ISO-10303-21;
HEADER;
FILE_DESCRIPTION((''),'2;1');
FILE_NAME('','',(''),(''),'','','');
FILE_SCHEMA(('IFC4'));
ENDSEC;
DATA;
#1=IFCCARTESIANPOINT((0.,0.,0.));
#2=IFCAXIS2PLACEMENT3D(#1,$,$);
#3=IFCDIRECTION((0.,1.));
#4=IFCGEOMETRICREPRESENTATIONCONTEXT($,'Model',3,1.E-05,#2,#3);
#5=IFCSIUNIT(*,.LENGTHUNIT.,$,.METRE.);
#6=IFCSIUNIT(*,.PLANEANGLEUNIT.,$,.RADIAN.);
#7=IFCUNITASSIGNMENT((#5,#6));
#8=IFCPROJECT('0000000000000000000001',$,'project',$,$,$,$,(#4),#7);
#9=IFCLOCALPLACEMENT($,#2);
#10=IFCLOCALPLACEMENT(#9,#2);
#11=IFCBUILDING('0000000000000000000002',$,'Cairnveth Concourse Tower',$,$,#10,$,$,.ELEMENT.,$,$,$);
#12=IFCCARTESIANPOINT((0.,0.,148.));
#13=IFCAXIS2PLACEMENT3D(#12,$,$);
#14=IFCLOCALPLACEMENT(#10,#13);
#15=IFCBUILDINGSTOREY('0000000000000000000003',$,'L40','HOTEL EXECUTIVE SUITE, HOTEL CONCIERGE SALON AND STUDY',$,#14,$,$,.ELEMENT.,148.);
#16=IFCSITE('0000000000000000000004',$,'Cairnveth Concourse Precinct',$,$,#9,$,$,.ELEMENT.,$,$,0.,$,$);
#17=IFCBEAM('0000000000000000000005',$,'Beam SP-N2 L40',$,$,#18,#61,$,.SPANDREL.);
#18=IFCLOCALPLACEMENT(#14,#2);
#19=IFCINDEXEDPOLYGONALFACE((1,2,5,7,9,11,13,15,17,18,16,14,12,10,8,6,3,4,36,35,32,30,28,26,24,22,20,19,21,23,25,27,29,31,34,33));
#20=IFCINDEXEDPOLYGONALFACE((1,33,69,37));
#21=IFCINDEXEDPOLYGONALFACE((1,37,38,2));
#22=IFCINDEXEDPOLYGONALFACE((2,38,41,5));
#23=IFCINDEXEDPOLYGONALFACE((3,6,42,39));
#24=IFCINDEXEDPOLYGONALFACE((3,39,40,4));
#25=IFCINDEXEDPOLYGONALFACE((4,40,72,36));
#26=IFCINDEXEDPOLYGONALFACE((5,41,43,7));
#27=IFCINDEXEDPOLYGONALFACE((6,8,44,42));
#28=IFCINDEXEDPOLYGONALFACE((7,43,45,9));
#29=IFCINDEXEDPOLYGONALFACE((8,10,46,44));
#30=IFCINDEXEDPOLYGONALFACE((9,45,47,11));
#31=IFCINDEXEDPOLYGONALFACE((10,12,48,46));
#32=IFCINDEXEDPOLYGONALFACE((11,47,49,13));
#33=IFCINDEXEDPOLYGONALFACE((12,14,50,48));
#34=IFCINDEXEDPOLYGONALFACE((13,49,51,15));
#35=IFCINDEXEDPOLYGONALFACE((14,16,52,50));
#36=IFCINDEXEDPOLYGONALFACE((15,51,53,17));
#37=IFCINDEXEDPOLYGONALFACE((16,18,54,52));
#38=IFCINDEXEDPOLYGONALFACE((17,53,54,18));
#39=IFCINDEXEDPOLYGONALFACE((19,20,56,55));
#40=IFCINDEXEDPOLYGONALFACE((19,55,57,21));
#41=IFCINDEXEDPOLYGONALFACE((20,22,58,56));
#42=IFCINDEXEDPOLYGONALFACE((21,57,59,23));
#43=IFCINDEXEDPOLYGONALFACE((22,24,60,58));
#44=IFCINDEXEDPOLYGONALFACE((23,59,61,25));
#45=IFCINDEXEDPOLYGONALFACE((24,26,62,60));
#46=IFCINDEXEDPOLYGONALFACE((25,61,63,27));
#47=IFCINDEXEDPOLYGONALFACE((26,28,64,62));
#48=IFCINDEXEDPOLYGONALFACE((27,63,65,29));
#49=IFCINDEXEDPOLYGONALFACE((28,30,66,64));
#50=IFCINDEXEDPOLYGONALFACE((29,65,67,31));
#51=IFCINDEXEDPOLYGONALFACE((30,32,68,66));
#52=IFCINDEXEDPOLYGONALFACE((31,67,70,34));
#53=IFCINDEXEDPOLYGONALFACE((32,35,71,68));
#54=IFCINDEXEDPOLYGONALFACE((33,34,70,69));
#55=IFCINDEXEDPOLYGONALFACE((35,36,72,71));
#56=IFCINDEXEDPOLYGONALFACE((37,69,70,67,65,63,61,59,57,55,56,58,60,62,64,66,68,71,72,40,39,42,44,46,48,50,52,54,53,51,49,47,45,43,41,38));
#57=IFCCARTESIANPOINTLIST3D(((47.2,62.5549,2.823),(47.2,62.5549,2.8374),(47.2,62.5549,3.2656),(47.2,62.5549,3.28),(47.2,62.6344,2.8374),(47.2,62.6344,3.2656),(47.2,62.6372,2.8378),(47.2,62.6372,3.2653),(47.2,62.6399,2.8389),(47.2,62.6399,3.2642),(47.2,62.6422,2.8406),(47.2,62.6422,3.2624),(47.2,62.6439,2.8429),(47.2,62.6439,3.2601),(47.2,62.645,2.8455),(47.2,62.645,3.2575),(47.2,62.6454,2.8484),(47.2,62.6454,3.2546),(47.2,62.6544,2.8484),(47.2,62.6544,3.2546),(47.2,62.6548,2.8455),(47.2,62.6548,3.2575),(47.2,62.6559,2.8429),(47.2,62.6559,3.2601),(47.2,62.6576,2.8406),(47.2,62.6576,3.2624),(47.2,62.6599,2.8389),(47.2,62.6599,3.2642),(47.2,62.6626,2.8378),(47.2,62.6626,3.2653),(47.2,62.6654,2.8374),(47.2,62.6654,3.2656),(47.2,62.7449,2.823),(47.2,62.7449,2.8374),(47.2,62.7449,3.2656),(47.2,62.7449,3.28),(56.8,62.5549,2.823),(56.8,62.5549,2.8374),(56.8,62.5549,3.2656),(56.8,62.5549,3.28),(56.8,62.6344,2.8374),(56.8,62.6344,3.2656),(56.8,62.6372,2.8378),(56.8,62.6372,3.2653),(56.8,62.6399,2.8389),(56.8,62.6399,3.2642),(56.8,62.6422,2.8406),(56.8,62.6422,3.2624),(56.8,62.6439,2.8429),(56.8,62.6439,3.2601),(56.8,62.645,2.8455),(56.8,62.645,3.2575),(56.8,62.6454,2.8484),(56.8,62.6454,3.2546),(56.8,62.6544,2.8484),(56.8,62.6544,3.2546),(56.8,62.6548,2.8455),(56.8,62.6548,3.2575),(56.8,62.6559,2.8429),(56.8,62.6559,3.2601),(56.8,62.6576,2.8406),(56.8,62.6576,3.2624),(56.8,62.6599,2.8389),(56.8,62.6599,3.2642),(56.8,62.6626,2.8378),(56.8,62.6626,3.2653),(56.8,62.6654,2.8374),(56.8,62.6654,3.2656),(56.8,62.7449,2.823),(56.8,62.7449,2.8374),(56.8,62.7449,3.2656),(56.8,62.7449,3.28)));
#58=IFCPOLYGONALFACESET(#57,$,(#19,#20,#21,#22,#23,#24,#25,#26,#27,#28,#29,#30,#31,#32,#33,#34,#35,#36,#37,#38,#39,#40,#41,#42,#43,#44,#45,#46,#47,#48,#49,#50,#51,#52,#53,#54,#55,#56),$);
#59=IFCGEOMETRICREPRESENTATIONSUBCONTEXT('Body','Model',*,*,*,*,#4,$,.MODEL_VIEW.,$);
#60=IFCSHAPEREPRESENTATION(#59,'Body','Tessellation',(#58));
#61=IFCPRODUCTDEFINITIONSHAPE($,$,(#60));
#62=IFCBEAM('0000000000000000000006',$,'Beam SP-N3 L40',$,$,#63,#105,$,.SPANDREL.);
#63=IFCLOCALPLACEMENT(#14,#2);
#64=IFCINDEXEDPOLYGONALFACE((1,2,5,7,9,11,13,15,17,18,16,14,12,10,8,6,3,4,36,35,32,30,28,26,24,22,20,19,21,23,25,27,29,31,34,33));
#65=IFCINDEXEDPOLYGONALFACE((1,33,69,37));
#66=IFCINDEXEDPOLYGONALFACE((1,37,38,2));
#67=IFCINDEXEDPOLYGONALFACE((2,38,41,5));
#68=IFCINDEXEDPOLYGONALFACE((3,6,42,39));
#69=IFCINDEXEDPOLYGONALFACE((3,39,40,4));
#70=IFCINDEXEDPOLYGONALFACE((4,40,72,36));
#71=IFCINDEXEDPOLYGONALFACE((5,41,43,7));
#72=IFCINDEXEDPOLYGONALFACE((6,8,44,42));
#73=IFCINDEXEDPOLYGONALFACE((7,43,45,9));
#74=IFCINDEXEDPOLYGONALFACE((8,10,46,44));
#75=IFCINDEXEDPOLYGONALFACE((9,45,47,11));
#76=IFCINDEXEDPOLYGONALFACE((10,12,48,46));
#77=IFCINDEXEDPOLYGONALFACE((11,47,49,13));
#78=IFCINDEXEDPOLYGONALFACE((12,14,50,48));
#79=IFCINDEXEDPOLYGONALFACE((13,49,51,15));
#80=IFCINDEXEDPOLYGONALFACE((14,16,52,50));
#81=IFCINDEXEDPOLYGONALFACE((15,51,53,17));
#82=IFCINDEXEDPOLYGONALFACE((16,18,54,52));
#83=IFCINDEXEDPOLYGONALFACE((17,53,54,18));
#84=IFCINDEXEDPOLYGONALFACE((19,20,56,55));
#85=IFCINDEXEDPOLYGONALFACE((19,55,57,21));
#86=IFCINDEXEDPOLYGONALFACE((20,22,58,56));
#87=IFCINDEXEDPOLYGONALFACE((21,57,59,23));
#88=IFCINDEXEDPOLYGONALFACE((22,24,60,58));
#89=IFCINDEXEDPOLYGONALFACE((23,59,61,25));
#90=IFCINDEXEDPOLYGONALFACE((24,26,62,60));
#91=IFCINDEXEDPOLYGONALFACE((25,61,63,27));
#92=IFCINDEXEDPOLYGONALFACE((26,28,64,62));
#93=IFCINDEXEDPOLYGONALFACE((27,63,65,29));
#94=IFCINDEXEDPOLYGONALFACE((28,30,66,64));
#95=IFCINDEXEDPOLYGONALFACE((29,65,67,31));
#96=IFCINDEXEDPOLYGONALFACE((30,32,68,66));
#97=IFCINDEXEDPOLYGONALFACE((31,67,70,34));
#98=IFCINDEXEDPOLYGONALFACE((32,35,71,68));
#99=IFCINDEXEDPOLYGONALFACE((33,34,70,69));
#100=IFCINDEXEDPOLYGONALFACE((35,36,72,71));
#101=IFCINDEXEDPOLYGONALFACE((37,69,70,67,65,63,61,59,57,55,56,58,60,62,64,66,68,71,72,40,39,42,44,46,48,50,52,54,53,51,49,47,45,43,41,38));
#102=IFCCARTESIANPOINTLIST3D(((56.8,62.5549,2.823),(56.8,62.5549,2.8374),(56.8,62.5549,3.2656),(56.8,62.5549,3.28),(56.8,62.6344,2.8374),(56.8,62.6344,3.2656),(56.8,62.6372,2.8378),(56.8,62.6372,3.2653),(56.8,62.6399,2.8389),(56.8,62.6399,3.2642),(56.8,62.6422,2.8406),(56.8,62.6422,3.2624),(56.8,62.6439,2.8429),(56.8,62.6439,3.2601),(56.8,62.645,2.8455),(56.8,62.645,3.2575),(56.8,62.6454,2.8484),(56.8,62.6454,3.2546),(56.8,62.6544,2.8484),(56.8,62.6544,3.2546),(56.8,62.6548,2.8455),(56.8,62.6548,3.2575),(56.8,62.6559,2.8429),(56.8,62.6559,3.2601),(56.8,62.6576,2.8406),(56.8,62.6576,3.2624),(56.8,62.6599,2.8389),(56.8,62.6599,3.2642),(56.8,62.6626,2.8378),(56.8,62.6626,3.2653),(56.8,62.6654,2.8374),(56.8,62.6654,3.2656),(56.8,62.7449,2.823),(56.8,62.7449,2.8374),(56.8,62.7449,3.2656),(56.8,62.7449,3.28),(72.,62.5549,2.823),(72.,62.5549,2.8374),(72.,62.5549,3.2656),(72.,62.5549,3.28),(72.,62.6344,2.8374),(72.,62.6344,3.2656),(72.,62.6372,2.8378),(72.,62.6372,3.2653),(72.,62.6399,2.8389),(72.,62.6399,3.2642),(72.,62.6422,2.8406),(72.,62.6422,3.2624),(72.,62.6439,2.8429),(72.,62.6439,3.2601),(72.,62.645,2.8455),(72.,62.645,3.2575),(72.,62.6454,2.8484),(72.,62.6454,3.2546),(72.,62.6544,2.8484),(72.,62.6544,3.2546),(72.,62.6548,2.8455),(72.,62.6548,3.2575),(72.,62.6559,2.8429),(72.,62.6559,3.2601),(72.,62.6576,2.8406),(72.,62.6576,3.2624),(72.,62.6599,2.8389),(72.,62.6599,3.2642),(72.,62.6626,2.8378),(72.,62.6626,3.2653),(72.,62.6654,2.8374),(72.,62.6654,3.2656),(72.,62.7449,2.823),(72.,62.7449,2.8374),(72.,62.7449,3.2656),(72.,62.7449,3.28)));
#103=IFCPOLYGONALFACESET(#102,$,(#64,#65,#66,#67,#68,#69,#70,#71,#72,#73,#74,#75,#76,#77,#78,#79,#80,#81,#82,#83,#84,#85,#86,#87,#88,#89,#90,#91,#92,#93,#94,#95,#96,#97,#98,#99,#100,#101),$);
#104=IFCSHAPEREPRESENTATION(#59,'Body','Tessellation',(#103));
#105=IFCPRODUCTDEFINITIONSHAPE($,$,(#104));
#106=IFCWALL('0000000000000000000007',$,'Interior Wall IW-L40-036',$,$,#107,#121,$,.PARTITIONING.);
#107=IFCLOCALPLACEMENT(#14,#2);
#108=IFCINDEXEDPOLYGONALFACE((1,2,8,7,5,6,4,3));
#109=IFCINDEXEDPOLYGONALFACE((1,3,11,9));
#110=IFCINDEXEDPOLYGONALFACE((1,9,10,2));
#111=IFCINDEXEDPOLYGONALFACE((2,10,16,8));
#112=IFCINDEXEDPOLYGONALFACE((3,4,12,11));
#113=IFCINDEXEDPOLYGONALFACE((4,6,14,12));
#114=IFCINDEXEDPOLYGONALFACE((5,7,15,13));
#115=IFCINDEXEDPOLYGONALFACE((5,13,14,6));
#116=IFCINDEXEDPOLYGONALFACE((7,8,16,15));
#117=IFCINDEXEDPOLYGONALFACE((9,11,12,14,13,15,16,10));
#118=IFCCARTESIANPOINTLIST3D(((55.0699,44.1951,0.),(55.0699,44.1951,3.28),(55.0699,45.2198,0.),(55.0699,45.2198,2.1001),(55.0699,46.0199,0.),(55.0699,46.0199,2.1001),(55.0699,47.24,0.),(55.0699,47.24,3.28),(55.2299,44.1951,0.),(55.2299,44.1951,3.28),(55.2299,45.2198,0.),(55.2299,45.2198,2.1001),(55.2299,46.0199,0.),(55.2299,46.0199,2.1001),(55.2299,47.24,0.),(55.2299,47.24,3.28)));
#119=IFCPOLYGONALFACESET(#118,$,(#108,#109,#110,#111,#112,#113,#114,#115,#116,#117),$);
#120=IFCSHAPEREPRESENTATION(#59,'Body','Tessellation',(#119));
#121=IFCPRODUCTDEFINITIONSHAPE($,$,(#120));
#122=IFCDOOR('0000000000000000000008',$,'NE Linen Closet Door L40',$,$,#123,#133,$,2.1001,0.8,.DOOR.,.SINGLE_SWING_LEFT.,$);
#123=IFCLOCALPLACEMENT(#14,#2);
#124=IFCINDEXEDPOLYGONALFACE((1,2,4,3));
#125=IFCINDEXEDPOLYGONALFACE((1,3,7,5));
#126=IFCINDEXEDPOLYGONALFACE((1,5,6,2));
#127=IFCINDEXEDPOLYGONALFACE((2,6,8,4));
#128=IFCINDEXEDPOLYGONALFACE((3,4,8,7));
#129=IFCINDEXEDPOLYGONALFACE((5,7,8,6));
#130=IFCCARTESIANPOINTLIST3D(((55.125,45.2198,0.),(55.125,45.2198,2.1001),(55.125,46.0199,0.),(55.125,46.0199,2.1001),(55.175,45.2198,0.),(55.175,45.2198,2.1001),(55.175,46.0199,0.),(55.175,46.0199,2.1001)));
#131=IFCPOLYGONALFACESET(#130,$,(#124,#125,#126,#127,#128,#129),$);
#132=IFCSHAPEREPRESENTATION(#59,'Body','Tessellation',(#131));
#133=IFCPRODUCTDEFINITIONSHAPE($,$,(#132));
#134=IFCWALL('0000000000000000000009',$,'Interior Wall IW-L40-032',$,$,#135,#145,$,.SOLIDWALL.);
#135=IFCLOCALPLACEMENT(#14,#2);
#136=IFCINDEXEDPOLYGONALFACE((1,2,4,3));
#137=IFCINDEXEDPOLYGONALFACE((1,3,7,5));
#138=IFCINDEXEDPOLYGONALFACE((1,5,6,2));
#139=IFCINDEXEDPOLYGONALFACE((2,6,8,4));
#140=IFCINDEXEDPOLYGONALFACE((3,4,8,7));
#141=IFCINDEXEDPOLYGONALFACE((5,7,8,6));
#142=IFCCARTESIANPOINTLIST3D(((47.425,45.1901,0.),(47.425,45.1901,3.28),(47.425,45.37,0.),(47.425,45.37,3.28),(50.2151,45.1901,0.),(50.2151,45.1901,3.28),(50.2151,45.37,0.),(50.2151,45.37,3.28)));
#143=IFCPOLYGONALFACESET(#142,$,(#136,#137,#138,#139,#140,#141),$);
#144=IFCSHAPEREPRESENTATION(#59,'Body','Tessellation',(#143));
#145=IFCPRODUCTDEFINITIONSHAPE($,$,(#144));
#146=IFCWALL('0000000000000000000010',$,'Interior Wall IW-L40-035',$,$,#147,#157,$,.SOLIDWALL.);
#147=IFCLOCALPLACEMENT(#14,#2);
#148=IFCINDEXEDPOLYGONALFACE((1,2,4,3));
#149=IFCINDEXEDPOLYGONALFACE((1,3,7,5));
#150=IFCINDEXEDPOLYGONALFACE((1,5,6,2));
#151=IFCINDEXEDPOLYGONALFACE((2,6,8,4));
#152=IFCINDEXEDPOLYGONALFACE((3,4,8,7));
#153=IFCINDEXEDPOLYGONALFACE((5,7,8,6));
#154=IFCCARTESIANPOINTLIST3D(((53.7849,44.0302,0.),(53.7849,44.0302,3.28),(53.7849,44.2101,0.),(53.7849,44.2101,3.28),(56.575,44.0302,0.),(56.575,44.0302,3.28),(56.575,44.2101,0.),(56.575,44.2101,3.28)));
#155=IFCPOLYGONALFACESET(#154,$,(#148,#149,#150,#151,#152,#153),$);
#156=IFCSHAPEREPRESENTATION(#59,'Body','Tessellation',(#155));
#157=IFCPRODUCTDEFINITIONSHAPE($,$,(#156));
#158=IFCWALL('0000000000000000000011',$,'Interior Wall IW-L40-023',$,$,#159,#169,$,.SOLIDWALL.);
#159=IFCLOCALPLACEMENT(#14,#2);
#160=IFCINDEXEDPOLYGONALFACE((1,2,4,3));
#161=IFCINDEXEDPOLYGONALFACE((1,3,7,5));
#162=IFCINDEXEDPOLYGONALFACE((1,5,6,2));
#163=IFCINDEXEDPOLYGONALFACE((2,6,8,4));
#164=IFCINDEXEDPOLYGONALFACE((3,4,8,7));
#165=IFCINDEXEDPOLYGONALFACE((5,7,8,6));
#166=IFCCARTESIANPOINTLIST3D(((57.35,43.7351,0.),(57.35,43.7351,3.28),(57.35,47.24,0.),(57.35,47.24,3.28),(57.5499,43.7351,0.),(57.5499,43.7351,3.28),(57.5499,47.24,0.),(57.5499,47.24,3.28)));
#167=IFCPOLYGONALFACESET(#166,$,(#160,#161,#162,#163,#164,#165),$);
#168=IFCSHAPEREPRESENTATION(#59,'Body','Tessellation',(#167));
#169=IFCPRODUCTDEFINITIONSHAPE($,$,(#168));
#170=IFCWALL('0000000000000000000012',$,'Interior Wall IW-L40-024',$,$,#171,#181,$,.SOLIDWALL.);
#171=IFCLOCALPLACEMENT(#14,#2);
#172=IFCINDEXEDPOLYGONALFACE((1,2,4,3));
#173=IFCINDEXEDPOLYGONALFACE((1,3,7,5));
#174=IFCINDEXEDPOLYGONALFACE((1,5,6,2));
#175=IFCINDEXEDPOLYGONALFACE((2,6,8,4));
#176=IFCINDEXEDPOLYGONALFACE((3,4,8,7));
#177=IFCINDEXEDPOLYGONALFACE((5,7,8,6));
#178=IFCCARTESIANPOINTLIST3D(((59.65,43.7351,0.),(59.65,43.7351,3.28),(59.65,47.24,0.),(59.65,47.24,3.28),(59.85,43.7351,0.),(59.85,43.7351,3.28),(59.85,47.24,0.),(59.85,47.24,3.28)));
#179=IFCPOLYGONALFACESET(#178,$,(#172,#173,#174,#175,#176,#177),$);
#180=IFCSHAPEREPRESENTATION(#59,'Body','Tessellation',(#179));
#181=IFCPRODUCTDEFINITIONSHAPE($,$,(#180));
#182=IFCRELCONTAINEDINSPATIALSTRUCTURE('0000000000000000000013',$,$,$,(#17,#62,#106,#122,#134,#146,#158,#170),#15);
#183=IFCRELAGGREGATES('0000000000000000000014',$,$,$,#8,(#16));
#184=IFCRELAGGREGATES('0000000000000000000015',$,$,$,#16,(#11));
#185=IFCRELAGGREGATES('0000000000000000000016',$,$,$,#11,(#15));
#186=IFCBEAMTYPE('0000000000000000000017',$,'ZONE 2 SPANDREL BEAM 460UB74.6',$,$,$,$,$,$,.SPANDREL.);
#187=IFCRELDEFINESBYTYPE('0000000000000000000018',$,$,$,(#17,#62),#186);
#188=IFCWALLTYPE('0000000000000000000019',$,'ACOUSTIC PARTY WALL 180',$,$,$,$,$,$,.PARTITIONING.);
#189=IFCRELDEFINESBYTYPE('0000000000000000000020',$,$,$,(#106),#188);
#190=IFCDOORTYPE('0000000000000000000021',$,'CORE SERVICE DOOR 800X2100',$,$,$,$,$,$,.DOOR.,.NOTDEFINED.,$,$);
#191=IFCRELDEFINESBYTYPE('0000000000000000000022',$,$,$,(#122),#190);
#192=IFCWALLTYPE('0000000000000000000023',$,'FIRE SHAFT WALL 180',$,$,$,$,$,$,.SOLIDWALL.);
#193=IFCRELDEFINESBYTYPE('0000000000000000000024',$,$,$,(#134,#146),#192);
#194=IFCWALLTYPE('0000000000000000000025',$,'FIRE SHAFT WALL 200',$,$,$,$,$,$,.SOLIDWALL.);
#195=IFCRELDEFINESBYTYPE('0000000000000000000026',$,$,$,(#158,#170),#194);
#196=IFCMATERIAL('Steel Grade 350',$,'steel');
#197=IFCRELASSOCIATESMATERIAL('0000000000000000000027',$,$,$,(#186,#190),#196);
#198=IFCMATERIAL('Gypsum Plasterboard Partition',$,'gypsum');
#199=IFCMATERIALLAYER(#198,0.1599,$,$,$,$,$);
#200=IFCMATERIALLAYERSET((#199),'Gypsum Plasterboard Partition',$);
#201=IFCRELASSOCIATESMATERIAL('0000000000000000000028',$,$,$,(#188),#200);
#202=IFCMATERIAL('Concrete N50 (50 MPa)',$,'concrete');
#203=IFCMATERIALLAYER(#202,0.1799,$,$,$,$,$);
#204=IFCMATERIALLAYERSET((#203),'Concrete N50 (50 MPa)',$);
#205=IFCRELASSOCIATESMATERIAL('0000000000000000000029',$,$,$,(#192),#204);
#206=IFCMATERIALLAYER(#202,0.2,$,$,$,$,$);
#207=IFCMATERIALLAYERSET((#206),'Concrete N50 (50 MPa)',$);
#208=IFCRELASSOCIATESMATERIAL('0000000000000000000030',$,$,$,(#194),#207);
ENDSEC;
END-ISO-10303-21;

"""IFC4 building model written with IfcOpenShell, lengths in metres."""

from ifc_helpers import new_model, si_unit, direction, frame, frame_2d, origin, origin_2d, place, context, subcontext, project, spatial, rectangle, i_section, extrude, material, layer, layer_set, material_profile, profile_set, type_object, element, fill, save


model = new_model("IFC4")

# Units and contexts
model_context = context("Model", 3, precision=1e-05, world=origin(), true_north=direction((0.0, 1.0)))
body_context = subcontext(model_context, "Body", "Model", "MODEL_VIEW")
ifc_project = project(units=[si_unit("LENGTHUNIT", "METRE"), si_unit("PLANEANGLEUNIT", "RADIAN")], contexts=[model_context])

# Site, building, storey
site_placement = place(None, origin())
site = spatial("IfcSite", under=ifc_project, at=site_placement, Name="Cairnveth Concourse Precinct", CompositionType="ELEMENT", RefElevation=0.0)
building_placement = place(site_placement, origin())
building = spatial("IfcBuilding", under=site, at=building_placement, Name="Cairnveth Concourse Tower", CompositionType="ELEMENT")
storey_placement = place(building_placement, frame((0.0, 0.0, 148.0)))
storey = spatial("IfcBuildingStorey", under=building, at=storey_placement, Name="L40", Description="HOTEL EXECUTIVE SUITE, HOTEL CONCIERGE SALON AND STUDY", CompositionType="ELEMENT", Elevation=148.0)

# Beams
ifc_material_1 = material(Name="Steel Grade 350", Category="steel")
ifc_material_profile_1 = material_profile(ifc_material_1, i_section(OverallWidth=0.1899, OverallDepth=0.457, WebThickness=0.009, FlangeThickness=0.0144, FilletRadius=0.011, at=origin_2d()), Name="460UB74.6")
ifc_profile_set_1 = profile_set([ifc_material_profile_1], Name="Steel Grade 350")
beam_type_1 = type_object("IfcBeamType", Name="ZONE 2 SPANDREL BEAM 460UB74.6", PredefinedType="SPANDREL", material=ifc_profile_set_1)
beam_1_placement = place(storey_placement, frame((47.2, 62.6499, 3.0515), z_axis=(1.0, 0.0, 0.0), x_axis=(0.0, 1.0, 0.0)))
element("IfcBeam", 1, at=beam_1_placement, inside=storey, type_object=beam_type_1, Name="Beam SP-N2 L40", PredefinedType="SPANDREL", context=body_context, shape_type="SweptSolid", body=[
    extrude(i_section(OverallWidth=0.1899, OverallDepth=0.457, WebThickness=0.009, FlangeThickness=0.0144, FilletRadius=0.011, at=origin_2d()), origin(), (0.0, 0.0, 1.0), 9.6001),
])
beam_2_placement = place(storey_placement, frame((56.8, 62.6499, 3.0515), z_axis=(1.0, 0.0, 0.0), x_axis=(0.0, 1.0, 0.0)))
element("IfcBeam", 2, at=beam_2_placement, inside=storey, type_object=beam_type_1, Name="Beam SP-N3 L40", PredefinedType="SPANDREL", context=body_context, shape_type="SweptSolid", body=[
    extrude(i_section(OverallWidth=0.1899, OverallDepth=0.457, WebThickness=0.009, FlangeThickness=0.0144, FilletRadius=0.011, at=origin_2d()), origin(), (0.0, 0.0, 1.0), 15.2),
])

# Wall, opening, door
ifc_material_2 = material(Name="Gypsum Plasterboard Partition", Category="gypsum")
ifc_layer_1 = layer(ifc_material_2, 0.1599)
ifc_layer_set_1 = layer_set([ifc_layer_1], Name="Gypsum Plasterboard Partition")
wall_type_1 = type_object("IfcWallType", Name="ACOUSTIC PARTY WALL 180", PredefinedType="PARTITIONING", material=ifc_layer_set_1)
wall_1_placement = place(storey_placement, frame((55.1499, 44.1951, 0.0), z_axis=(0.0, 0.0, 1.0), x_axis=(0.0, 1.0, 0.0)))
wall_1 = element("IfcWall", 3, at=wall_1_placement, inside=storey, type_object=wall_type_1, Name="Interior Wall IW-L40-036", PredefinedType="PARTITIONING", context=body_context, shape_type="SweptSolid", body=[
    extrude(rectangle(XDim=3.0449, YDim=0.1599, at=frame_2d((1.5225, 0.0))), origin(), (0.0, 0.0, 1.0), 3.28),
])
opening_placement = place(wall_1_placement, frame((1.0249, 0.0, 0.0)))
opening = element("IfcOpeningElement", 4, at=opening_placement, cuts=wall_1, PredefinedType="OPENING", context=body_context, shape_type="SweptSolid", body=[
    extrude(rectangle(XDim=0.8, YDim=2.1001, at=frame_2d((0.3999, 1.05))), frame((0.0, 0.0898, 0.0), z_axis=(0.0, -1.0, 0.0), x_axis=(1.0, 0.0, 0.0)), (0.0, 0.0, 1.0), 0.1799),
])
door_type = type_object("IfcDoorType", Name="CORE SERVICE DOOR 800X2100", OperationType="NOTDEFINED", PredefinedType="DOOR", material=ifc_material_1)
door_placement = place(opening_placement, origin())
door = element("IfcDoor", 5, at=door_placement, inside=storey, type_object=door_type, Name="NE Linen Closet Door L40", OperationType="SINGLE_SWING_LEFT", OverallHeight=2.1001, OverallWidth=0.8, PredefinedType="DOOR", context=body_context, shape_type="SweptSolid", body=[
    extrude(rectangle(XDim=0.8, YDim=2.1001, at=frame_2d((0.3999, 1.05))), frame((0.0, 0.0249, 0.0), z_axis=(0.0, -1.0, 0.0), x_axis=(1.0, 0.0, 0.0)), (0.0, 0.0, 1.0), 0.05),
])
fill(opening, door)

# Walls
ifc_material_3 = material(Name="Concrete N50 (50 MPa)", Category="concrete")
ifc_layer_2 = layer(ifc_material_3, 0.1799)
ifc_layer_set_2 = layer_set([ifc_layer_2], Name="Concrete N50 (50 MPa)")
wall_type_2 = type_object("IfcWallType", Name="FIRE SHAFT WALL 180", PredefinedType="SOLIDWALL", material=ifc_layer_set_2)
for number, where, z_axis, x_axis, name in (
    (6, (47.425, 45.28, 0.0), (0.0, 0.0, 1.0), (1.0, 0.0, 0.0), "Interior Wall IW-L40-032"),
    (7, (53.7849, 44.1201, 0.0), (0.0, 0.0, 1.0), (1.0, 0.0, 0.0), "Interior Wall IW-L40-035"),
):
    element("IfcWall", number, at=place(storey_placement, frame(where, z_axis=z_axis, x_axis=x_axis)), inside=storey, type_object=wall_type_2, Name=name, PredefinedType="SOLIDWALL", context=body_context, shape_type="SweptSolid", body=[
        extrude(rectangle(XDim=2.79, YDim=0.1799, at=frame_2d((1.395, 0.0))), origin(), (0.0, 0.0, 1.0), 3.28),
    ])
ifc_layer_3 = layer(ifc_material_3, 0.2)
ifc_layer_set_3 = layer_set([ifc_layer_3], Name="Concrete N50 (50 MPa)")
wall_type_3 = type_object("IfcWallType", Name="FIRE SHAFT WALL 200", PredefinedType="SOLIDWALL", material=ifc_layer_set_3)
for number, where, z_axis, x_axis, name in (
    (8, (57.45, 43.7351, 0.0), (0.0, 0.0, 1.0), (0.0, 1.0, 0.0), "Interior Wall IW-L40-023"),
    (9, (59.75, 43.7351, 0.0), (0.0, 0.0, 1.0), (0.0, 1.0, 0.0), "Interior Wall IW-L40-024"),
):
    element("IfcWall", number, at=place(storey_placement, frame(where, z_axis=z_axis, x_axis=x_axis)), inside=storey, type_object=wall_type_3, Name=name, PredefinedType="SOLIDWALL", context=body_context, shape_type="SweptSolid", body=[
        extrude(rectangle(XDim=3.5049, YDim=0.2, at=frame_2d((1.7524, 0.0))), origin(), (0.0, 0.0, 1.0), 3.28),
    ])

save(model, "model.ifc")
